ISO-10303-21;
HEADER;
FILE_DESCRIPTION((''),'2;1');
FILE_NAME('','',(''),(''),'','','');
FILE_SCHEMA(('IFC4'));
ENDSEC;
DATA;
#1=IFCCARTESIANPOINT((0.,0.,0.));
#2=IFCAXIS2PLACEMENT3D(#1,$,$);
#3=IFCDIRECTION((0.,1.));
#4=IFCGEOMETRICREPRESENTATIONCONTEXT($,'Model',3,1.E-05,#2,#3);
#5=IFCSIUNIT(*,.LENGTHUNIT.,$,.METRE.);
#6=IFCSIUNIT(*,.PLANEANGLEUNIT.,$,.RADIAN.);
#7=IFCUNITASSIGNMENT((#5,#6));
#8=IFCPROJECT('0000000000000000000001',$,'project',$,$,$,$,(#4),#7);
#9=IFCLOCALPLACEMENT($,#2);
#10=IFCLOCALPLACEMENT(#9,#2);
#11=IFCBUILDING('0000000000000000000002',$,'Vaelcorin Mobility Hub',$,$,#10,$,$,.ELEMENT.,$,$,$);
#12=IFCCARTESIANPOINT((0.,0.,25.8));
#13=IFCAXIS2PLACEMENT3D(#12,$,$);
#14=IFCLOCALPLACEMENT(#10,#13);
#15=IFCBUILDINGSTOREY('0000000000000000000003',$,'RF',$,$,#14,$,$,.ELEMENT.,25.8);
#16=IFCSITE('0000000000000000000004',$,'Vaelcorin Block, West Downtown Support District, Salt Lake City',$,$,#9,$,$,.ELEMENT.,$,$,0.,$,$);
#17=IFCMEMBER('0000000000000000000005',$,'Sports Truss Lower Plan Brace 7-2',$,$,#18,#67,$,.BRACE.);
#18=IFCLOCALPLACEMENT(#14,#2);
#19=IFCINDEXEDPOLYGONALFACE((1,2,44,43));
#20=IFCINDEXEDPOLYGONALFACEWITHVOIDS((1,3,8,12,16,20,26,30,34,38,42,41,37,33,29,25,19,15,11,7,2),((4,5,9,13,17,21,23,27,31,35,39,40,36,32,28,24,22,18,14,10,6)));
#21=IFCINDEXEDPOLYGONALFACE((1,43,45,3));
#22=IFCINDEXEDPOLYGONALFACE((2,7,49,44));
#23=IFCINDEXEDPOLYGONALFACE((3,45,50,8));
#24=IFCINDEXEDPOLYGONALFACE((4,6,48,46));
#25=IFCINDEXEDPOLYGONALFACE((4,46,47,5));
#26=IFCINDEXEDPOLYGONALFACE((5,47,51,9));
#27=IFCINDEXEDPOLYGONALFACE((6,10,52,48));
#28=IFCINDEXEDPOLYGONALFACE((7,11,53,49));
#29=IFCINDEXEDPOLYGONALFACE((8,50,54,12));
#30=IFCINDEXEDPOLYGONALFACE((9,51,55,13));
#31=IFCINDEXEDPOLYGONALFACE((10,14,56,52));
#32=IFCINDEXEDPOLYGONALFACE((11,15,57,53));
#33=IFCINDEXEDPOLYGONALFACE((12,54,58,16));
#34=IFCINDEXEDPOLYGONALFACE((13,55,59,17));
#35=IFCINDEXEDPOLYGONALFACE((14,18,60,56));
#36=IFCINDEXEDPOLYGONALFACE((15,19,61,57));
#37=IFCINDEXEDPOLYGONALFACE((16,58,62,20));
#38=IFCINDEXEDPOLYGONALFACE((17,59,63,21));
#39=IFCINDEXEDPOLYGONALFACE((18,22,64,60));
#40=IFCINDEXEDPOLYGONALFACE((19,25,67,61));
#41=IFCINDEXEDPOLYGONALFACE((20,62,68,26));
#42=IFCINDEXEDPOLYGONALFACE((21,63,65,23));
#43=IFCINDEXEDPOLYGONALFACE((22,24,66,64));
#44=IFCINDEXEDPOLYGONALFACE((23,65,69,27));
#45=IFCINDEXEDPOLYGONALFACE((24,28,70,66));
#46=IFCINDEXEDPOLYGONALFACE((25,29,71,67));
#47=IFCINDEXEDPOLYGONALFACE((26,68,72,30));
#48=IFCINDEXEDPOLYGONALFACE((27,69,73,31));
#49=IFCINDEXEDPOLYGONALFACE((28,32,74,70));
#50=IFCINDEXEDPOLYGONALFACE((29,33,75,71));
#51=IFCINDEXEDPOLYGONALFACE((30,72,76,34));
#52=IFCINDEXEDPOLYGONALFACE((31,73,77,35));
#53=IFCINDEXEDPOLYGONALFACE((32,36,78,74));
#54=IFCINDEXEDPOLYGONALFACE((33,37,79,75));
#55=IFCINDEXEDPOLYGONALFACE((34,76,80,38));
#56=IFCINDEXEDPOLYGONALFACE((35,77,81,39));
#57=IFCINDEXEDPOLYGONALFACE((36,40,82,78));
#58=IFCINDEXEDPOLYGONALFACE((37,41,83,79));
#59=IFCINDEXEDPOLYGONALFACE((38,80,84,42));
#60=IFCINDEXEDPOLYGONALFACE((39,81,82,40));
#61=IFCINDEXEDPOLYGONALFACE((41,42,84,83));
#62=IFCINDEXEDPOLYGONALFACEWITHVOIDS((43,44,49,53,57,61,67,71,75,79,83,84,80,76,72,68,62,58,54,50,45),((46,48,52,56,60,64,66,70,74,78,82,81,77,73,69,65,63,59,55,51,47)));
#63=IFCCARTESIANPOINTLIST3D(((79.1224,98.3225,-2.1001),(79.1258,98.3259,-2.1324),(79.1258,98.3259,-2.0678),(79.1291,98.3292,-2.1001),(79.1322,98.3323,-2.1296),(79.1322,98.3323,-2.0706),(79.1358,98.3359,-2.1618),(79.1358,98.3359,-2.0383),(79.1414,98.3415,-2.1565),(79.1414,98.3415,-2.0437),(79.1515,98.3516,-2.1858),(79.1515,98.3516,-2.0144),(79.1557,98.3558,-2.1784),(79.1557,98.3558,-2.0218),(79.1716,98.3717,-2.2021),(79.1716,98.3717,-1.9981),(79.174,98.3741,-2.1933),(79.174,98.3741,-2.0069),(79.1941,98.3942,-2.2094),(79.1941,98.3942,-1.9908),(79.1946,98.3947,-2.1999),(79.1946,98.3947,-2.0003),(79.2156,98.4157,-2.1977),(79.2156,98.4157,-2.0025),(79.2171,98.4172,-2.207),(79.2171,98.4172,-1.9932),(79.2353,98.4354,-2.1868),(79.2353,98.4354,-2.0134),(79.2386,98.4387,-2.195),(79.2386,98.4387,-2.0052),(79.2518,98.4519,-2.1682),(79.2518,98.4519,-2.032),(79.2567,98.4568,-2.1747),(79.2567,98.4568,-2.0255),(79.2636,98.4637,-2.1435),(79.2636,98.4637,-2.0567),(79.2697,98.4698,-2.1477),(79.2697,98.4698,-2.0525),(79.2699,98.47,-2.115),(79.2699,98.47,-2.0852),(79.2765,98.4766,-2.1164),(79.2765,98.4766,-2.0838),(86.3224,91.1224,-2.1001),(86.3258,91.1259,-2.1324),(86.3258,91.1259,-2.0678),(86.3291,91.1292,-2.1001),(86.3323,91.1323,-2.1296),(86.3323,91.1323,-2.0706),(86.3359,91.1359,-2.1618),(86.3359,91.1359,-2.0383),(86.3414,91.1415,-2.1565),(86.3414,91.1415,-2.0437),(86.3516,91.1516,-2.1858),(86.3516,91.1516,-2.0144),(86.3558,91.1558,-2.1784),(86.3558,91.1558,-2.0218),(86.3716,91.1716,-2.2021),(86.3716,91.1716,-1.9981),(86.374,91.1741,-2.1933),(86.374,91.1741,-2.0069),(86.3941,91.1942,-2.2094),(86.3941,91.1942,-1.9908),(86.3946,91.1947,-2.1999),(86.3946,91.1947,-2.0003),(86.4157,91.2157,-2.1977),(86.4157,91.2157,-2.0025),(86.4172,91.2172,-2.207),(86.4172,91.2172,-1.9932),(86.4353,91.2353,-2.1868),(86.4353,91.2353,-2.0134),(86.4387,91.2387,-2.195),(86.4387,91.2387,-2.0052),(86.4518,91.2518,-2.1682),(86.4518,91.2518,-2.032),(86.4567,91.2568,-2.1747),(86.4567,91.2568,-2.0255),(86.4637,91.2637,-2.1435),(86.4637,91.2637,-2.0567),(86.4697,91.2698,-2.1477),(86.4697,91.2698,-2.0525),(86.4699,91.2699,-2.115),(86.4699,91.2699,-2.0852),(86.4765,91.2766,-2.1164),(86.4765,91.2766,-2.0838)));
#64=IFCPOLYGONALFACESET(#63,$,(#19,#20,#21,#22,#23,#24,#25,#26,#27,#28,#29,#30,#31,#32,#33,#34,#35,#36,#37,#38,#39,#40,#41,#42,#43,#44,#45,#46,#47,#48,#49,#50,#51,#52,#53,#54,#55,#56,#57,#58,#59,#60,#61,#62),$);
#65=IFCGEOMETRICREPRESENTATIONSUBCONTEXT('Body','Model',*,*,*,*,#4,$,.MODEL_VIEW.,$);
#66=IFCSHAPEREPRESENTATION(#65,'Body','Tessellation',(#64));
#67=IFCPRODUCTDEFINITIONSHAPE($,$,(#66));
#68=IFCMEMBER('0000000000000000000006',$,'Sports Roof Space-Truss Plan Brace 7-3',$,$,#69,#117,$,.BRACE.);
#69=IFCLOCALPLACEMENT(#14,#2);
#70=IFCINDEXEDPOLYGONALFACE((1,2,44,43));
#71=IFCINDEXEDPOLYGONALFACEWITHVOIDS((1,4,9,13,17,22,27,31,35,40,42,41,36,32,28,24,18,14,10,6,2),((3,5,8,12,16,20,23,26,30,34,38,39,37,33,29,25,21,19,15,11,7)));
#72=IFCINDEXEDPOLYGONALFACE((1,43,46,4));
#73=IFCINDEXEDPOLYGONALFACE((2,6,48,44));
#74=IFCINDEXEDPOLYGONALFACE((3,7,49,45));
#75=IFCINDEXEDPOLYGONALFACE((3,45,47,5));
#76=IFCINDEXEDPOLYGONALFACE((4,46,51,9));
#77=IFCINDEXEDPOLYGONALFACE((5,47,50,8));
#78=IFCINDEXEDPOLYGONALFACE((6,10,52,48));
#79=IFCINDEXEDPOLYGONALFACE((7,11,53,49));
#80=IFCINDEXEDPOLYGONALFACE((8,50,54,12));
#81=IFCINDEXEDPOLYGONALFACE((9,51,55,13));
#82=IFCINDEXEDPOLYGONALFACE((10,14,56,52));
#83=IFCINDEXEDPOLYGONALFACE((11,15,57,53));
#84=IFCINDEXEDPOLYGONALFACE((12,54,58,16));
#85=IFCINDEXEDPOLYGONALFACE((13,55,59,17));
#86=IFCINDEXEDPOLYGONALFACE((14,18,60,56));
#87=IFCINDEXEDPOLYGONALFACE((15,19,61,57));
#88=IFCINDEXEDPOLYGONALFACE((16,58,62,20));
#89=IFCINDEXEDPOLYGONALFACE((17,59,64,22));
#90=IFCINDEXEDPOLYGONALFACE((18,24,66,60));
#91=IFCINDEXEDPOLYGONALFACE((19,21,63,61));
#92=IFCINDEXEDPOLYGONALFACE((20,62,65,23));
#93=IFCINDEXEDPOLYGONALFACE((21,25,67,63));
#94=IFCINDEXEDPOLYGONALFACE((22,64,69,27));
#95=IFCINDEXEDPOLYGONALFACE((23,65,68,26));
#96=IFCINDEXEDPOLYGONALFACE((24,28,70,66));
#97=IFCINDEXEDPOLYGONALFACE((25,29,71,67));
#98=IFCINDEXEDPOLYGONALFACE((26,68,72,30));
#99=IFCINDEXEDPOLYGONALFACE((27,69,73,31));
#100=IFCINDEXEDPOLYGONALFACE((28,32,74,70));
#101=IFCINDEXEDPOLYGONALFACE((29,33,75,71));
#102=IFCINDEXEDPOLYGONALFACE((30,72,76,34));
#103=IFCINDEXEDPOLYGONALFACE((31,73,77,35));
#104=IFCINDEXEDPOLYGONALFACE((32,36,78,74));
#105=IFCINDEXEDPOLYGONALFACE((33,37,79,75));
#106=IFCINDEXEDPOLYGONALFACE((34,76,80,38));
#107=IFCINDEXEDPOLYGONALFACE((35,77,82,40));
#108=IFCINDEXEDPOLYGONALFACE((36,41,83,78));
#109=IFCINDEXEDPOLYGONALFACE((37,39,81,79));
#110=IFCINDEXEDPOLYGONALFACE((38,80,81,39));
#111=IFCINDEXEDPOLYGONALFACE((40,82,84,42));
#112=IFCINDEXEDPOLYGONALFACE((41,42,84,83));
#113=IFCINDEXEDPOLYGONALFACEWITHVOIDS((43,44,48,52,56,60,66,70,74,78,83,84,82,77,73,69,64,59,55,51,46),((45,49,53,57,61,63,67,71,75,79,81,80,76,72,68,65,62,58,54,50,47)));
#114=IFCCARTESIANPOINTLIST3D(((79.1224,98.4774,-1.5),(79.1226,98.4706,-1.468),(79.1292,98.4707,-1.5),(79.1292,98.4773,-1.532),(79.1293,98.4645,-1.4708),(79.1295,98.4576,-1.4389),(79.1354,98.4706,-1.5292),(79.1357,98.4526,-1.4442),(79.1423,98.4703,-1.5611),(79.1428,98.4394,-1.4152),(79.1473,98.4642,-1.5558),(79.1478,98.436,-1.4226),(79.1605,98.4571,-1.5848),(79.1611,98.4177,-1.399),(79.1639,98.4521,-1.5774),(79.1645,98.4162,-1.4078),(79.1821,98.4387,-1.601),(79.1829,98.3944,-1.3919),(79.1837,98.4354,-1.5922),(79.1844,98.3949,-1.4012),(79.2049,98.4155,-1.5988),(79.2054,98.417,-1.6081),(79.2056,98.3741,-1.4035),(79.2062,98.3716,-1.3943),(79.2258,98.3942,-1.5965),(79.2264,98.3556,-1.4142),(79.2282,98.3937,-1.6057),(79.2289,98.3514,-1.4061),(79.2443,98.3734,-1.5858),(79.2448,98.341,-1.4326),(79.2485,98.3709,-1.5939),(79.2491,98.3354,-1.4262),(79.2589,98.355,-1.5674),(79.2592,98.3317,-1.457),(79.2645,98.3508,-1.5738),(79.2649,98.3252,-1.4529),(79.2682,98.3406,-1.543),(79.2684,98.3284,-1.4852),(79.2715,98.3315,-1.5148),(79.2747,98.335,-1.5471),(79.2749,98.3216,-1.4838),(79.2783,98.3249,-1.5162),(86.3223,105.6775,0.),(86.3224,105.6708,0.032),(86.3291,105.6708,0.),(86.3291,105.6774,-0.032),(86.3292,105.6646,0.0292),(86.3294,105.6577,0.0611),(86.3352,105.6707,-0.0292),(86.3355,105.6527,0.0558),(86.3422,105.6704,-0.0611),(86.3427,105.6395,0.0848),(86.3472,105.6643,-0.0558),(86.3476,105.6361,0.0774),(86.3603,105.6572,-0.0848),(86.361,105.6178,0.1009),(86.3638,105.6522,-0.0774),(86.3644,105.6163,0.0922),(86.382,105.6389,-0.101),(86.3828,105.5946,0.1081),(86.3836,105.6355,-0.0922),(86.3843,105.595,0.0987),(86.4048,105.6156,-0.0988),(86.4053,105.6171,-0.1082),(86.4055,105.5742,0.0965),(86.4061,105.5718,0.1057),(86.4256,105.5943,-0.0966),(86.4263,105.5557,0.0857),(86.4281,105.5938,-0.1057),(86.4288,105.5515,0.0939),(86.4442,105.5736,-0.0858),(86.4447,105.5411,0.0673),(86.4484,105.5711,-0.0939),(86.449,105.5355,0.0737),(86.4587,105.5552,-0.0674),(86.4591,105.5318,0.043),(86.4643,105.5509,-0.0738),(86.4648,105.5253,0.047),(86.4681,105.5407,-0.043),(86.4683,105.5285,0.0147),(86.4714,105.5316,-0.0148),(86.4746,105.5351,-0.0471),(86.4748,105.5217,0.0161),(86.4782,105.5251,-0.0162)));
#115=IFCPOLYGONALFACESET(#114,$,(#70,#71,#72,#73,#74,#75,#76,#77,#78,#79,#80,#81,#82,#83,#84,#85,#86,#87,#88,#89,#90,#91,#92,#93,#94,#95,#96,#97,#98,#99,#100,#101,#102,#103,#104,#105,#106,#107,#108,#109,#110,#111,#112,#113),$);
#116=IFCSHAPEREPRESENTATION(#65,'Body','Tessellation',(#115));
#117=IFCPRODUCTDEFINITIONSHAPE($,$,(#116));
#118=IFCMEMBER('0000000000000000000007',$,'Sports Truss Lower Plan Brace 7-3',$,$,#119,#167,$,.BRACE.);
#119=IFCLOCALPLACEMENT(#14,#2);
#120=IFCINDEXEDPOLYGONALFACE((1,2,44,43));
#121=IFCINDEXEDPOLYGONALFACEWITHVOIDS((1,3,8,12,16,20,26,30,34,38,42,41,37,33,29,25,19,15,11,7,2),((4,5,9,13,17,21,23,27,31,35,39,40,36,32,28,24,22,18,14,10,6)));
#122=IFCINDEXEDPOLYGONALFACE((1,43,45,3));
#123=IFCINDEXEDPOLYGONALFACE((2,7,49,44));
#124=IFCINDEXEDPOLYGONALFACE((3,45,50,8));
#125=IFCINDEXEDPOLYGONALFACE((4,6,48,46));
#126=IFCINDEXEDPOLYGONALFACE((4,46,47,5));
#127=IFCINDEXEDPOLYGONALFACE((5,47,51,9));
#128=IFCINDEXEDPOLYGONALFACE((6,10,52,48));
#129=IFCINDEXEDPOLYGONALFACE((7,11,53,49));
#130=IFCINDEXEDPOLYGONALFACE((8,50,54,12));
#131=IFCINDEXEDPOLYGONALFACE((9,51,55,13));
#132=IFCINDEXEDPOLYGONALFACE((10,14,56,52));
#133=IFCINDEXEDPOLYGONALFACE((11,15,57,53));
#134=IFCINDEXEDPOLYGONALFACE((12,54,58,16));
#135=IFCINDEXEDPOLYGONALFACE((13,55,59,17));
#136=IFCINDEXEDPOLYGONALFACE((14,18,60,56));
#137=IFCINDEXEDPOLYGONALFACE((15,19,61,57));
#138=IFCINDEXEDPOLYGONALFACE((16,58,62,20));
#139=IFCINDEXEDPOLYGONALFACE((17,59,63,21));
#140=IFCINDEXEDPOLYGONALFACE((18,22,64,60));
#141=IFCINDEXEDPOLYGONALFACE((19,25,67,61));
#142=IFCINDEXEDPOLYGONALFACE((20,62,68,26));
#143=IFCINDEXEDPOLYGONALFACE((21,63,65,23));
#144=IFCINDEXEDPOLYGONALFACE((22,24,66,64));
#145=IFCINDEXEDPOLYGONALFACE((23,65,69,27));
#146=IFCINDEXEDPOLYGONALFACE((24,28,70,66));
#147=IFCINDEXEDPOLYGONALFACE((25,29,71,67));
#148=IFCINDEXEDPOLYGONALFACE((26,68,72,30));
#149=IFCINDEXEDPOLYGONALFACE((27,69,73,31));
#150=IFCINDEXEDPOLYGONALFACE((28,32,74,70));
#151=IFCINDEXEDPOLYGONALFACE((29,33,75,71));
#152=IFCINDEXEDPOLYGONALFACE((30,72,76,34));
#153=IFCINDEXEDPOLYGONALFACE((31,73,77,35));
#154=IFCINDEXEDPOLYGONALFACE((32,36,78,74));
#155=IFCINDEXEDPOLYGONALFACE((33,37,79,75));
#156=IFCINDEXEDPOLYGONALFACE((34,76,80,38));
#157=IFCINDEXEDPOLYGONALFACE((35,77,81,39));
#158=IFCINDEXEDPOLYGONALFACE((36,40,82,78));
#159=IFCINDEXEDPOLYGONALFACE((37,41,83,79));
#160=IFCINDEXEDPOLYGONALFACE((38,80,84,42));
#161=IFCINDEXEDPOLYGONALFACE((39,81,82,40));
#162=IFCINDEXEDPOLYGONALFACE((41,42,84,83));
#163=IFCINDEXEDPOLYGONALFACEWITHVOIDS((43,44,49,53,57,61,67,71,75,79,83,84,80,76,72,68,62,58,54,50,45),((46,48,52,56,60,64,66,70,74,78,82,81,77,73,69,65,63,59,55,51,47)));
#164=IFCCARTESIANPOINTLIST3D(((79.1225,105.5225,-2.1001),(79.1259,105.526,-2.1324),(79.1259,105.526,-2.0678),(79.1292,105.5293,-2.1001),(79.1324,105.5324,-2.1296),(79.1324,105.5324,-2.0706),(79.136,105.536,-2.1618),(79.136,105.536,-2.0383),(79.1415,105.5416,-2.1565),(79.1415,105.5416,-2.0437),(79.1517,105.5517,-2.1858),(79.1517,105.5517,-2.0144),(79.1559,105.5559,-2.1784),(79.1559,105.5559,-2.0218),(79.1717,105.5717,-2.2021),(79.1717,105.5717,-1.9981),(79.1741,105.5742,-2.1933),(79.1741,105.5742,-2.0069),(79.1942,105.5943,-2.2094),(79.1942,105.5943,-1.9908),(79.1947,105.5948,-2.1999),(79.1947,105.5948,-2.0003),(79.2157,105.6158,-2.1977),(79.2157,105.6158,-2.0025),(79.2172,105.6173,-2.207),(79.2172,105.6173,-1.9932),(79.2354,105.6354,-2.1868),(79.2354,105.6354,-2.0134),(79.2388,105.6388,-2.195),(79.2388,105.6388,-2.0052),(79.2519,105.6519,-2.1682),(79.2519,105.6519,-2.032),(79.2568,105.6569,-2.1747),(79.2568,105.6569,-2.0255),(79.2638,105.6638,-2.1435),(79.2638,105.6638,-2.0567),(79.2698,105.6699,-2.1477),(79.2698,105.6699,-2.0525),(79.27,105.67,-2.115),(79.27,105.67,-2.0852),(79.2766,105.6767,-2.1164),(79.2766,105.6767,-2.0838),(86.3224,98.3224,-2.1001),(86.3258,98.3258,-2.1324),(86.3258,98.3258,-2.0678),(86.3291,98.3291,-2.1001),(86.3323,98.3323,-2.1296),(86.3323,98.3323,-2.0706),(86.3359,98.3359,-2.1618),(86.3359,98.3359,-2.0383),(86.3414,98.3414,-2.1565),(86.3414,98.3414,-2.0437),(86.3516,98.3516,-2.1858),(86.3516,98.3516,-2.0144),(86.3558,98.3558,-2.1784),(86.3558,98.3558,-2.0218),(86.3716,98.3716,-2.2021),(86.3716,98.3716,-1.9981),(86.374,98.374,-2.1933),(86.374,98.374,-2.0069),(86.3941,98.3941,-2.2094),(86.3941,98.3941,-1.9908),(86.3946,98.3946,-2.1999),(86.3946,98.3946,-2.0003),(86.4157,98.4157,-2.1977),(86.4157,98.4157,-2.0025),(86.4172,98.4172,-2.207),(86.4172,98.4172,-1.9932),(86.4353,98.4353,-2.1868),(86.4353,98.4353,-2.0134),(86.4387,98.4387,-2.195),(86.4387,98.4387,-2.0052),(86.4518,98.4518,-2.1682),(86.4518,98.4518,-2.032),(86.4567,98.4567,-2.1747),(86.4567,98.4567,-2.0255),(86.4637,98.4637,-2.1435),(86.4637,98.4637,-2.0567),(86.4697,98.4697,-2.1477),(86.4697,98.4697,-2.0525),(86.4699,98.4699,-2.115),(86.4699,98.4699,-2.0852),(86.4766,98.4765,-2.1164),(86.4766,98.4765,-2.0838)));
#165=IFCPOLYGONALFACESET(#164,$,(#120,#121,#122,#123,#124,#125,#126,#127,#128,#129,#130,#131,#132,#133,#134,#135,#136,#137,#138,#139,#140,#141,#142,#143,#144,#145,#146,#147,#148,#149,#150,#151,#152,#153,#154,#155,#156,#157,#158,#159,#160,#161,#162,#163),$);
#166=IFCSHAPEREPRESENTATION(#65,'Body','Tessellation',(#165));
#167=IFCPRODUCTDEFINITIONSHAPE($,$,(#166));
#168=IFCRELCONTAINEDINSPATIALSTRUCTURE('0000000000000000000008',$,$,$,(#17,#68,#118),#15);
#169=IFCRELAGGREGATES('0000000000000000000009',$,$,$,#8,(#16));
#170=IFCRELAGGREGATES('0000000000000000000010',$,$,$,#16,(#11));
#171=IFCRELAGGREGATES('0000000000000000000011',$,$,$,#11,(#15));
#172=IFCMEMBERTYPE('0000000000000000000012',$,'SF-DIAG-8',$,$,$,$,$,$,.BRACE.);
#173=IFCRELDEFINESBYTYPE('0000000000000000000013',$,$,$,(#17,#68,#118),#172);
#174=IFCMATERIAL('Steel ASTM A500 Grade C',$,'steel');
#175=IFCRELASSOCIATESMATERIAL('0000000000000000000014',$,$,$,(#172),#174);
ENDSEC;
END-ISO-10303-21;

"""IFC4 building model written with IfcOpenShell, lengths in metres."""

from ifc_helpers import new_model, si_unit, direction, frame, origin, origin_2d, place, context, subcontext, project, spatial, hollow_circle, extrude, material, material_profile, profile_set, type_object, element, save


model = new_model("IFC4")

# Units and contexts
model_context = context("Model", 3, precision=1e-05, world=origin(), true_north=direction((0.0, 1.0)))
body_context = subcontext(model_context, "Body", "Model", "MODEL_VIEW")
ifc_project = project(units=[si_unit("LENGTHUNIT", "METRE"), si_unit("PLANEANGLEUNIT", "RADIAN")], contexts=[model_context])

# Site, building, storey
site_placement = place(None, origin())
site = spatial("IfcSite", under=ifc_project, at=site_placement, Name="Vaelcorin Block, West Downtown Support District, Salt Lake City", CompositionType="ELEMENT", RefElevation=0.0)
building_placement = place(site_placement, origin())
building = spatial("IfcBuilding", under=site, at=building_placement, Name="Vaelcorin Mobility Hub", CompositionType="ELEMENT")
storey_placement = place(building_placement, frame((0.0, 0.0, 25.8)))
storey = spatial("IfcBuildingStorey", under=building, at=storey_placement, Name="RF", CompositionType="ELEMENT", Elevation=25.8)

# Members
ifc_material_1 = material(Name="Steel ASTM A500 Grade C", Category="steel")
ifc_material_profile_1 = material_profile(ifc_material_1, hollow_circle(Radius=0.1096, WallThickness=0.0095, at=origin_2d()), Name="HSS8.625X0.375")
ifc_profile_set_1 = profile_set([ifc_material_profile_1], Name="Steel ASTM A500 Grade C")
member_type_1 = type_object("IfcMemberType", Name="SF-DIAG-8", PredefinedType="BRACE", material=ifc_profile_set_1)
for number, where, z_axis, x_axis, name in (
    (1, (86.3999, 91.2, -2.1001), (-0.707107, 0.707107, 0.0), (-0.707107, -0.707107, 0.0), "Sports Truss Lower Plan Brace 7-2"),
):
    element("IfcMember", number, at=place(storey_placement, frame(where, z_axis=z_axis, x_axis=x_axis)), inside=storey, type_object=member_type_1, Name=name, PredefinedType="BRACE", context=body_context, shape_type="SweptSolid", body=[
        extrude(hollow_circle(Radius=0.1096, WallThickness=0.0095, at=origin_2d()), origin(), (0.0, 0.0, 1.0), 10.1824),
    ])
member_1_placement = place(storey_placement, frame((79.2, 98.3999, -1.5), z_axis=(0.699545, 0.699569, 0.14574), x_axis=(-0.707119, 0.707095, 0.0)))
element("IfcMember", 2, at=member_1_placement, inside=storey, type_object=member_type_1, Name="Sports Roof Space-Truss Plan Brace 7-3", PredefinedType="BRACE", context=body_context, shape_type="SweptSolid", body=[
    extrude(hollow_circle(Radius=0.1096, WallThickness=0.0095, at=origin_2d()), origin(), (0.0, 0.0, 1.0), 10.2922),
])
member_2_placement = place(storey_placement, frame((86.3999, 98.3999, -2.1001), z_axis=(-0.707095, 0.707119, 0.0), x_axis=(-0.707119, -0.707095, 0.0)))
element("IfcMember", 3, at=member_2_placement, inside=storey, type_object=member_type_1, Name="Sports Truss Lower Plan Brace 7-3", PredefinedType="BRACE", context=body_context, shape_type="SweptSolid", body=[
    extrude(hollow_circle(Radius=0.1096, WallThickness=0.0095, at=origin_2d()), origin(), (0.0, 0.0, 1.0), 10.1824),
])

save(model, "model.ifc")
